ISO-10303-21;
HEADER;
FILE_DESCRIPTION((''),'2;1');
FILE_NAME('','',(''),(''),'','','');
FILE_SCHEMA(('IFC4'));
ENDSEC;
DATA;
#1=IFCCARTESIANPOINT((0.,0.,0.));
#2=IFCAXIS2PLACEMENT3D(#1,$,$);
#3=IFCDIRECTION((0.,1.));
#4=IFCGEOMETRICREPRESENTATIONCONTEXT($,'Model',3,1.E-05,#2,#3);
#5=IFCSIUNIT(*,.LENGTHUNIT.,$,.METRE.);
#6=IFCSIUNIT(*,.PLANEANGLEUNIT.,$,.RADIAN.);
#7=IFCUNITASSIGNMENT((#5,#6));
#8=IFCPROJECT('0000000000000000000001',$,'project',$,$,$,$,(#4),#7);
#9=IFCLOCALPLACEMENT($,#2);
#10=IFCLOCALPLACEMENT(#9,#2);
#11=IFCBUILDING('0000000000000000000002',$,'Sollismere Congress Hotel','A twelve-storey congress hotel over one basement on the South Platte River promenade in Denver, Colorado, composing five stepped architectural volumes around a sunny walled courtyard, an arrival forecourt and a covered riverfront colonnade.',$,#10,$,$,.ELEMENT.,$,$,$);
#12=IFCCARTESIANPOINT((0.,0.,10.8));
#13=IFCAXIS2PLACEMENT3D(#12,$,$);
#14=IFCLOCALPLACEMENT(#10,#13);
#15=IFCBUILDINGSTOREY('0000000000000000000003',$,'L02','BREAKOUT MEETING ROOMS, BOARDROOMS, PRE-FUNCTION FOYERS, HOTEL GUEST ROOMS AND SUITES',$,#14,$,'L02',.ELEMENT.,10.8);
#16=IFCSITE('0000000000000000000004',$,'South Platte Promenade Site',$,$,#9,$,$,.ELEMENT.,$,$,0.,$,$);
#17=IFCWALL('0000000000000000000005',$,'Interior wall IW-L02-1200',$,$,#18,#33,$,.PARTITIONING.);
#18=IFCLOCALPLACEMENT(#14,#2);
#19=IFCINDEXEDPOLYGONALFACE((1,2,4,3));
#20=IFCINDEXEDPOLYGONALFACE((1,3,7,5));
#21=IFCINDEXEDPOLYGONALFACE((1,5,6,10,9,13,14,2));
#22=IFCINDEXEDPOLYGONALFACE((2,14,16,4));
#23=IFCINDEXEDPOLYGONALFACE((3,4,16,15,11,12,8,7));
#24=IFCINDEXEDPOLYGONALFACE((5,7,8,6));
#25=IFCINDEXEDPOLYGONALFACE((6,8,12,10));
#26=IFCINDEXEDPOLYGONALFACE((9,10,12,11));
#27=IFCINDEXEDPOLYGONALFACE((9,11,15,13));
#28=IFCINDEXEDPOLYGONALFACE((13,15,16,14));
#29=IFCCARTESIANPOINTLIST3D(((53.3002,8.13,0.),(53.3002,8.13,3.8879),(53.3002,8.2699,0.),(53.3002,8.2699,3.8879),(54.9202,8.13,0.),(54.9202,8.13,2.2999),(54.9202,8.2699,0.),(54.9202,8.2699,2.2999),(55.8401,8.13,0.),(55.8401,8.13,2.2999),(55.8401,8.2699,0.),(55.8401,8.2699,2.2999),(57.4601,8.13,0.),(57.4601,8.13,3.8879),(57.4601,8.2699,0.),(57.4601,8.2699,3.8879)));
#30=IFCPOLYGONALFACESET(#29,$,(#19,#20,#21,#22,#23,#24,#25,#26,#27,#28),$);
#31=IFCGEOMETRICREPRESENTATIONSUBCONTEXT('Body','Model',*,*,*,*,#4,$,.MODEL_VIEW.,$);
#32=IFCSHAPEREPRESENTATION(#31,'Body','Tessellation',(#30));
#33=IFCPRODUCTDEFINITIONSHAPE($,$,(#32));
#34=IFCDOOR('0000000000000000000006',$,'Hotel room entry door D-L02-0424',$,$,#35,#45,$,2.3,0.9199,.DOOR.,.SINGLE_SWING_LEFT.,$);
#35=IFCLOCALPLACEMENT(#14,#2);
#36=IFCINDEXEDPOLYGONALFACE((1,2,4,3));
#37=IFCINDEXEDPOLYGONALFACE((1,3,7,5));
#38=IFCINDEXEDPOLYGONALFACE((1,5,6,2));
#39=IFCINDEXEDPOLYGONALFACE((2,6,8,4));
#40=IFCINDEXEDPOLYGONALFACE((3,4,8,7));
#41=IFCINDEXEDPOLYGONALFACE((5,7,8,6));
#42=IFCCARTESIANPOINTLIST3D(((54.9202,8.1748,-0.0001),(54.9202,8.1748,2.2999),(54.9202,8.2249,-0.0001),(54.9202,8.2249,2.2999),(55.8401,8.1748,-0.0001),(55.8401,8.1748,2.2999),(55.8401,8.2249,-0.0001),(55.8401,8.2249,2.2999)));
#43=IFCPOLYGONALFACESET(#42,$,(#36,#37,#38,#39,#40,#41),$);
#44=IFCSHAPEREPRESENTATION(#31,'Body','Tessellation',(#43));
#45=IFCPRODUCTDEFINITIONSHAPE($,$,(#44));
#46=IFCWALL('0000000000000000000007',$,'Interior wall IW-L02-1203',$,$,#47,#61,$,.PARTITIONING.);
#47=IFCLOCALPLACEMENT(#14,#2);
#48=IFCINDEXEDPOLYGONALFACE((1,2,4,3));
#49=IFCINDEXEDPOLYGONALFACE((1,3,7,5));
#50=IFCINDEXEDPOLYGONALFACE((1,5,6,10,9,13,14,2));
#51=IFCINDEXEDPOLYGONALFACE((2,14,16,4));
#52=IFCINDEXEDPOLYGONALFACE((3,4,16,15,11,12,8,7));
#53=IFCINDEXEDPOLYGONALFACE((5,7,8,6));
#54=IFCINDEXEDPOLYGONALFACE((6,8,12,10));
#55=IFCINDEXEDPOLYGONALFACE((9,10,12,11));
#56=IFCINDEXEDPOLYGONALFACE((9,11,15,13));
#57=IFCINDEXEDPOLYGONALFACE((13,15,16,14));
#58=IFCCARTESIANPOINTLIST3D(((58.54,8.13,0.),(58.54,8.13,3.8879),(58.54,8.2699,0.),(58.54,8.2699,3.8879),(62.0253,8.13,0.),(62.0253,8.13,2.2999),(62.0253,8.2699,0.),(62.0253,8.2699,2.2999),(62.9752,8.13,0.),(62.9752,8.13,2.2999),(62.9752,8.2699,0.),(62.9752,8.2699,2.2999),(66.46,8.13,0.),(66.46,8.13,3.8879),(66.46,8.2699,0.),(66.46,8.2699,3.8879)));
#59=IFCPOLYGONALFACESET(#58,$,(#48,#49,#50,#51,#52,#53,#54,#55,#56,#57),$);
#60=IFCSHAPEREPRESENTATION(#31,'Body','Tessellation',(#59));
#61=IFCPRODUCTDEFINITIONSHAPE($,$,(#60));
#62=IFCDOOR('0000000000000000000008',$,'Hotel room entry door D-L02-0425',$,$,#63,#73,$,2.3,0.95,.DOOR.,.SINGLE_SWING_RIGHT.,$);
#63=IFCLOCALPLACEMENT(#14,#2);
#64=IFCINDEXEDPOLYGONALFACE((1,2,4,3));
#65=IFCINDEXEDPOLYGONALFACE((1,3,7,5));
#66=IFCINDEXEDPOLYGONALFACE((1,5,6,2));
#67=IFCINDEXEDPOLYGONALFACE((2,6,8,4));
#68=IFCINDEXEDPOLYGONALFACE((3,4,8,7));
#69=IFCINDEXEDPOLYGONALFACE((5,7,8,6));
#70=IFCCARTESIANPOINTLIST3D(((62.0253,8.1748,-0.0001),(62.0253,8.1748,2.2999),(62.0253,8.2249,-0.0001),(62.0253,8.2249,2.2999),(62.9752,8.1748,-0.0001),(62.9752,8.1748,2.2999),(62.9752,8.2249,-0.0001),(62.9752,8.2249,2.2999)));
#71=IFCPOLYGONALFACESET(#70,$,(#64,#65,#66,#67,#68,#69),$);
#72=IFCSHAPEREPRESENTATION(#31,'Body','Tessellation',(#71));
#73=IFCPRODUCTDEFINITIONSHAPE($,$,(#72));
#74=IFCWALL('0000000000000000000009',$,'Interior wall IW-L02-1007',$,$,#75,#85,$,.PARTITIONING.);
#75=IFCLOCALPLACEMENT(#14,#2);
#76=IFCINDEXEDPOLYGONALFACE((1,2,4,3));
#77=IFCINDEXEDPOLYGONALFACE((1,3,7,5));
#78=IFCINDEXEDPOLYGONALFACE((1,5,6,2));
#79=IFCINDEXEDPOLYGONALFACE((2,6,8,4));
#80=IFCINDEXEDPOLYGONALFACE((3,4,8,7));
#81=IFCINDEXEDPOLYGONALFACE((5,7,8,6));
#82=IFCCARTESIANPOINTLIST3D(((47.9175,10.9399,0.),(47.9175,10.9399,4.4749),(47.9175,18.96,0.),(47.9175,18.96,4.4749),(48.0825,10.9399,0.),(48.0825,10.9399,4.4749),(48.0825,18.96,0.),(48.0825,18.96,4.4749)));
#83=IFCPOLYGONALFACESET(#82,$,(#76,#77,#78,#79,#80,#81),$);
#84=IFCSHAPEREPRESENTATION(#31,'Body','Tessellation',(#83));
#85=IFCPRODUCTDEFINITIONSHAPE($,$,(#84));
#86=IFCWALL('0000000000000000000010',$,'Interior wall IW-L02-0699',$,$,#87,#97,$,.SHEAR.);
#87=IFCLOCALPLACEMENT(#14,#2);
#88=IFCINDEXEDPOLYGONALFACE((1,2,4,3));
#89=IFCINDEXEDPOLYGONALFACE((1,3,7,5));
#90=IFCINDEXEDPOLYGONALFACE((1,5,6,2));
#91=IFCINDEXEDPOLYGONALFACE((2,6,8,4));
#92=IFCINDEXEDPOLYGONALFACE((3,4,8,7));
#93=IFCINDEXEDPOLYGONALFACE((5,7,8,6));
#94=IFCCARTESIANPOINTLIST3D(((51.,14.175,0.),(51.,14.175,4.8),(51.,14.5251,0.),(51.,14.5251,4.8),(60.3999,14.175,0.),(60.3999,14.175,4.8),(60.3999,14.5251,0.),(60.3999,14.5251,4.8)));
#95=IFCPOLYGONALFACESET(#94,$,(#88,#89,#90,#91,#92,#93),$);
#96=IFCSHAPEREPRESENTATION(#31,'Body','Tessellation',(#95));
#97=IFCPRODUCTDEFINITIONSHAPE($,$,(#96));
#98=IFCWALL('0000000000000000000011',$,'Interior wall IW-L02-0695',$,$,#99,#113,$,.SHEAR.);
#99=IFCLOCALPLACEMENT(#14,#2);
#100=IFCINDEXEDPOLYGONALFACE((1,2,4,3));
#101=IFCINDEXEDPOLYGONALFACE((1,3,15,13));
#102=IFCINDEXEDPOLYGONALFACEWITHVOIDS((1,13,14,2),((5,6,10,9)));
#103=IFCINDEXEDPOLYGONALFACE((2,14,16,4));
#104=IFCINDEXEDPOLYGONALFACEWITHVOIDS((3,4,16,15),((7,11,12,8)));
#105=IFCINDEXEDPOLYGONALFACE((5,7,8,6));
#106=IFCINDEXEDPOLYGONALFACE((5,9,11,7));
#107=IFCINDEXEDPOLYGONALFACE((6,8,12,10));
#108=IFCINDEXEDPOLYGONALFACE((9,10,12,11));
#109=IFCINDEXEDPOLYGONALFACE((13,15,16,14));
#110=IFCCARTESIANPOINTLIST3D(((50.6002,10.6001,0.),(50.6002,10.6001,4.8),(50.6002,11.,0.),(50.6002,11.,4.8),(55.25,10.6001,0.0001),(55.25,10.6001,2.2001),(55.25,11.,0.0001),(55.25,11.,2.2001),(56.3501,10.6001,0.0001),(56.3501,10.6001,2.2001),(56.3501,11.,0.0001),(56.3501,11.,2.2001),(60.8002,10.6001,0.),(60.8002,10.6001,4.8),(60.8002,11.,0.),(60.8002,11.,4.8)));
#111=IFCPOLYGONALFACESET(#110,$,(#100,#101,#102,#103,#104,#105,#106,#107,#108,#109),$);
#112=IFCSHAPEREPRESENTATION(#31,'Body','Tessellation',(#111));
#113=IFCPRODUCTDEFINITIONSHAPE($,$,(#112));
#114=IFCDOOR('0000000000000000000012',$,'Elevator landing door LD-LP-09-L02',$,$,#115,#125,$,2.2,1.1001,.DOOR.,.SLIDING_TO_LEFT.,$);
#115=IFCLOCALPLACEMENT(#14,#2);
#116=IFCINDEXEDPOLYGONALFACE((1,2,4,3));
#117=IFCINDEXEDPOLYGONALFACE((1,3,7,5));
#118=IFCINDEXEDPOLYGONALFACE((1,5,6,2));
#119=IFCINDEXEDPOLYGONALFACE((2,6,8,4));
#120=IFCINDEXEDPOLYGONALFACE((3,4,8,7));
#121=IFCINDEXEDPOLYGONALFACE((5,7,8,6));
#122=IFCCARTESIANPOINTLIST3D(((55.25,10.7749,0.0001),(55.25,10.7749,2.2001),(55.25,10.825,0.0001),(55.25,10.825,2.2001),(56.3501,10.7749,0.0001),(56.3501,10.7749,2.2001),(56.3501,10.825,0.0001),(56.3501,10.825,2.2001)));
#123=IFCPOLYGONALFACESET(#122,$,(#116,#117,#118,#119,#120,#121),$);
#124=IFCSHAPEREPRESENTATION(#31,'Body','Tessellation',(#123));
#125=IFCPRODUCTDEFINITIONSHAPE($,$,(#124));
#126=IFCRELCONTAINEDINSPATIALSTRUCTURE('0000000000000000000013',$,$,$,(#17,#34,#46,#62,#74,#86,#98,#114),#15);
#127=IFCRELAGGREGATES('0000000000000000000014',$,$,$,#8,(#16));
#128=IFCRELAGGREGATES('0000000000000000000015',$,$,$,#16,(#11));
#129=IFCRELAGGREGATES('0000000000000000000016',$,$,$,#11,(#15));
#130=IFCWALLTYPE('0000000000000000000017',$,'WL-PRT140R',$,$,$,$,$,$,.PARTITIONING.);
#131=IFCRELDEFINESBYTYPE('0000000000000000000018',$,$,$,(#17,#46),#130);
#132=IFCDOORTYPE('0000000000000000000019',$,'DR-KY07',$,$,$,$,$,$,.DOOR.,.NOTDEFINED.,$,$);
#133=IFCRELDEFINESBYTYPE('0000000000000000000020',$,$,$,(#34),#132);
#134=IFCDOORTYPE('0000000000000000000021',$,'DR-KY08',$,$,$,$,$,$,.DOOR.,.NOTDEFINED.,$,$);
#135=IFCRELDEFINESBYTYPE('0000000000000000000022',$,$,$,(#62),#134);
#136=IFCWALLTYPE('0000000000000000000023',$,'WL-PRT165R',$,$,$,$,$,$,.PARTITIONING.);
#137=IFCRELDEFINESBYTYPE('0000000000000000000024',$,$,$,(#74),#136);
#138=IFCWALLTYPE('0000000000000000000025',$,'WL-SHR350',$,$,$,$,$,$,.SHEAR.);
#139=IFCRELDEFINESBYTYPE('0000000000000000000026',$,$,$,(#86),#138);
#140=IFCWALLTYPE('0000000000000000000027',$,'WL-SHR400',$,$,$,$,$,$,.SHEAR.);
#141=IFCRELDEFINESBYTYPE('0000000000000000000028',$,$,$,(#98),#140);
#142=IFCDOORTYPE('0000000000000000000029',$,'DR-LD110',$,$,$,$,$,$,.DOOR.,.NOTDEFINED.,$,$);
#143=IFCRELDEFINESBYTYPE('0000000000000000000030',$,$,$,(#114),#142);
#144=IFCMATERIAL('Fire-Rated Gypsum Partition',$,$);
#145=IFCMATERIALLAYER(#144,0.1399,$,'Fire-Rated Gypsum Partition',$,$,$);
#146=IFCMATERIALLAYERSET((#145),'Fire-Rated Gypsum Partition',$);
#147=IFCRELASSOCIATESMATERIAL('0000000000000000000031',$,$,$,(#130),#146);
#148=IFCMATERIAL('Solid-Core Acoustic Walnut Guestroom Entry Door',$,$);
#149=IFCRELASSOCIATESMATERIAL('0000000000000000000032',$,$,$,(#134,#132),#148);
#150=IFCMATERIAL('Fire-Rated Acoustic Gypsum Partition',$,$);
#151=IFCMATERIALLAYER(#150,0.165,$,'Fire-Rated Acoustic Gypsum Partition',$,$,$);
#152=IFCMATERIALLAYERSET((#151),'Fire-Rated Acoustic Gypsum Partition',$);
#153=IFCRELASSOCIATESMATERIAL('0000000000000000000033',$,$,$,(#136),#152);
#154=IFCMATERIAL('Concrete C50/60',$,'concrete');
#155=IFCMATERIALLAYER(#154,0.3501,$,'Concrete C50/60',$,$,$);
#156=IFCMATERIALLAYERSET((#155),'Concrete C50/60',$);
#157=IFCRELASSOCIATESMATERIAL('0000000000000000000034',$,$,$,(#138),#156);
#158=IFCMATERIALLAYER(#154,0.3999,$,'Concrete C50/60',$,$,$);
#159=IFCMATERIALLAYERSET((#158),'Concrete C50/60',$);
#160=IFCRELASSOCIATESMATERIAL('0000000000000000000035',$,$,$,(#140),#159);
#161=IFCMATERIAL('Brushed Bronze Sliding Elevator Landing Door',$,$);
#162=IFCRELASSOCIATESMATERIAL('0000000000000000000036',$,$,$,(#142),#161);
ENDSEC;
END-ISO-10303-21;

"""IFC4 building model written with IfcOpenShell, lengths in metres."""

from ifc_helpers import new_model, si_unit, direction, frame, frame_2d, origin, place, context, subcontext, project, spatial, rectangle, extrude, material, layer, layer_set, type_object, element, fill, save


model = new_model("IFC4")

# Units and contexts
model_context = context("Model", 3, precision=1e-05, world=origin(), true_north=direction((0.0, 1.0)))
body_context = subcontext(model_context, "Body", "Model", "MODEL_VIEW")
ifc_project = project(units=[si_unit("LENGTHUNIT", "METRE"), si_unit("PLANEANGLEUNIT", "RADIAN")], contexts=[model_context])

# Site, building, storey
site_placement = place(None, origin())
site = spatial("IfcSite", under=ifc_project, at=site_placement, Name="South Platte Promenade Site", CompositionType="ELEMENT", RefElevation=0.0)
building_placement = place(site_placement, origin())
building = spatial("IfcBuilding", under=site, at=building_placement, Name="Sollismere Congress Hotel", Description="A twelve-storey congress hotel over one basement on the South Platte River promenade in Denver, Colorado, composing five stepped architectural volumes around a sunny walled courtyard, an arrival forecourt and a covered riverfront colonnade.", CompositionType="ELEMENT")
storey_placement = place(building_placement, frame((0.0, 0.0, 10.8)))
storey = spatial("IfcBuildingStorey", under=building, at=storey_placement, Name="L02", Description="BREAKOUT MEETING ROOMS, BOARDROOMS, PRE-FUNCTION FOYERS, HOTEL GUEST ROOMS AND SUITES", LongName="L02", CompositionType="ELEMENT", Elevation=10.8)

# Walls, openings, doors
ifc_material_1 = material(Name="Fire-Rated Gypsum Partition")
ifc_layer_1 = layer(ifc_material_1, 0.1399, Name="Fire-Rated Gypsum Partition")
ifc_layer_set_1 = layer_set([ifc_layer_1], Name="Fire-Rated Gypsum Partition")
wall_type_1 = type_object("IfcWallType", Name="WL-PRT140R", PredefinedType="PARTITIONING", material=ifc_layer_set_1)
ifc_material_2 = material(Name="Solid-Core Acoustic Walnut Guestroom Entry Door")
door_type_1 = type_object("IfcDoorType", Name="DR-KY08", OperationType="NOTDEFINED", PredefinedType="DOOR", material=ifc_material_2)
wall_1_placement = place(storey_placement, frame((53.3, 8.2, 0.0), z_axis=(0.0, 0.0, 1.0), x_axis=(1.0, 0.0, 0.0)))
wall_1 = element("IfcWall", 1, at=wall_1_placement, inside=storey, type_object=wall_type_1, Name="Interior wall IW-L02-1200", PredefinedType="PARTITIONING", context=body_context, shape_type="SweptSolid", body=[
    extrude(rectangle(XDim=4.1599, YDim=0.1399, at=frame_2d((2.0801, 0.0))), origin(), (0.0, 0.0, 1.0), 3.8879),
])
opening_1_placement = place(wall_1_placement, frame((1.6201, 0.0, 0.0)))
opening_1 = element("IfcOpeningElement", 2, at=opening_1_placement, cuts=wall_1, PredefinedType="OPENING", context=body_context, shape_type="SweptSolid", body=[
    extrude(rectangle(XDim=0.9199, YDim=2.3, at=frame_2d((0.46, 1.1499))), frame((0.0, 0.0798, 0.0), z_axis=(0.0, -1.0, 0.0), x_axis=(1.0, 0.0, 0.0)), (0.0, 0.0, 1.0), 0.1599),
])
door_type_2 = type_object("IfcDoorType", Name="DR-KY07", OperationType="NOTDEFINED", PredefinedType="DOOR", material=ifc_material_2)
door_1_placement = place(opening_1_placement, origin())
door_1 = element("IfcDoor", 3, at=door_1_placement, inside=storey, type_object=door_type_2, Name="Hotel room entry door D-L02-0424", OperationType="SINGLE_SWING_LEFT", OverallHeight=2.3, OverallWidth=0.9199, PredefinedType="DOOR", context=body_context, shape_type="SweptSolid", body=[
    extrude(rectangle(XDim=0.9199, YDim=2.3, at=frame_2d((0.46, 1.1499))), frame((0.0, 0.0249, 0.0), z_axis=(0.0, -1.0, 0.0), x_axis=(1.0, 0.0, 0.0)), (0.0, 0.0, 1.0), 0.05),
])
fill(opening_1, door_1)
wall_2_placement = place(storey_placement, frame((58.54, 8.2, 0.0), z_axis=(0.0, 0.0, 1.0), x_axis=(1.0, 0.0, 0.0)))
wall_2 = element("IfcWall", 4, at=wall_2_placement, inside=storey, type_object=wall_type_1, Name="Interior wall IW-L02-1203", PredefinedType="PARTITIONING", context=body_context, shape_type="SweptSolid", body=[
    extrude(rectangle(XDim=7.9199, YDim=0.1399, at=frame_2d((3.96, 0.0))), origin(), (0.0, 0.0, 1.0), 3.8879),
])
opening_2_placement = place(wall_2_placement, frame((3.4851, 0.0, 0.0)))
opening_2 = element("IfcOpeningElement", 5, at=opening_2_placement, cuts=wall_2, PredefinedType="OPENING", context=body_context, shape_type="SweptSolid", body=[
    extrude(rectangle(XDim=0.95, YDim=2.3, at=frame_2d((0.4751, 1.1499))), frame((0.0, 0.0798, 0.0), z_axis=(0.0, -1.0, 0.0), x_axis=(1.0, 0.0, 0.0)), (0.0, 0.0, 1.0), 0.1599),
])
door_2_placement = place(opening_2_placement, origin())
door_2 = element("IfcDoor", 6, at=door_2_placement, inside=storey, type_object=door_type_1, Name="Hotel room entry door D-L02-0425", OperationType="SINGLE_SWING_RIGHT", OverallHeight=2.3, OverallWidth=0.95, PredefinedType="DOOR", context=body_context, shape_type="SweptSolid", body=[
    extrude(rectangle(XDim=0.95, YDim=2.3, at=frame_2d((0.4751, 1.1499))), frame((0.0, 0.0249, 0.0), z_axis=(0.0, -1.0, 0.0), x_axis=(1.0, 0.0, 0.0)), (0.0, 0.0, 1.0), 0.05),
])
fill(opening_2, door_2)

# Walls
ifc_material_3 = material(Name="Fire-Rated Acoustic Gypsum Partition")
ifc_layer_2 = layer(ifc_material_3, 0.165, Name="Fire-Rated Acoustic Gypsum Partition")
ifc_layer_set_2 = layer_set([ifc_layer_2], Name="Fire-Rated Acoustic Gypsum Partition")
wall_type_2 = type_object("IfcWallType", Name="WL-PRT165R", PredefinedType="PARTITIONING", material=ifc_layer_set_2)
wall_3_placement = place(storey_placement, frame((48.0, 10.9399, 0.0), z_axis=(0.0, 0.0, 1.0), x_axis=(0.0, 1.0, 0.0)))
element("IfcWall", 7, at=wall_3_placement, inside=storey, type_object=wall_type_2, Name="Interior wall IW-L02-1007", PredefinedType="PARTITIONING", context=body_context, shape_type="SweptSolid", body=[
    extrude(rectangle(XDim=8.02, YDim=0.165, at=frame_2d((4.01, 0.0))), origin(), (0.0, 0.0, 1.0), 4.4749),
])
ifc_material_4 = material(Name="Concrete C50/60", Category="concrete")
ifc_layer_3 = layer(ifc_material_4, 0.3501, Name="Concrete C50/60")
ifc_layer_set_3 = layer_set([ifc_layer_3], Name="Concrete C50/60")
wall_type_3 = type_object("IfcWallType", Name="WL-SHR350", PredefinedType="SHEAR", material=ifc_layer_set_3)
wall_4_placement = place(storey_placement, frame((51.0, 14.3501, 0.0), z_axis=(0.0, 0.0, 1.0), x_axis=(1.0, 0.0, 0.0)))
element("IfcWall", 8, at=wall_4_placement, inside=storey, type_object=wall_type_3, Name="Interior wall IW-L02-0699", PredefinedType="SHEAR", context=body_context, shape_type="SweptSolid", body=[
    extrude(rectangle(XDim=9.3999, YDim=0.3501, at=frame_2d((4.7, 0.0))), origin(), (0.0, 0.0, 1.0), 4.8),
])

# Wall, opening, door
ifc_layer_4 = layer(ifc_material_4, 0.3999, Name="Concrete C50/60")
ifc_layer_set_4 = layer_set([ifc_layer_4], Name="Concrete C50/60")
wall_type_4 = type_object("IfcWallType", Name="WL-SHR400", PredefinedType="SHEAR", material=ifc_layer_set_4)
wall_5_placement = place(storey_placement, frame((50.6001, 10.8, 0.0), z_axis=(0.0, 0.0, 1.0), x_axis=(1.0, 0.0, 0.0)))
wall_5 = element("IfcWall", 9, at=wall_5_placement, inside=storey, type_object=wall_type_4, Name="Interior wall IW-L02-0695", PredefinedType="SHEAR", context=body_context, shape_type="SweptSolid", body=[
    extrude(rectangle(XDim=10.2, YDim=0.3999, at=frame_2d((5.1001, 0.0))), origin(), (0.0, 0.0, 1.0), 4.8),
])
opening_3_placement = place(wall_5_placement, frame((4.6499, 0.0, 0.0)))
opening_3 = element("IfcOpeningElement", 10, at=opening_3_placement, cuts=wall_5, PredefinedType="OPENING", context=body_context, shape_type="SweptSolid", body=[
    extrude(rectangle(XDim=1.1001, YDim=2.2, at=frame_2d((0.55, 1.1001))), frame((0.0, 0.21, 0.0), z_axis=(0.0, -1.0, 0.0), x_axis=(1.0, 0.0, 0.0)), (0.0, 0.0, 1.0), 0.4199),
])
ifc_material_5 = material(Name="Brushed Bronze Sliding Elevator Landing Door")
door_type_3 = type_object("IfcDoorType", Name="DR-LD110", OperationType="NOTDEFINED", PredefinedType="DOOR", material=ifc_material_5)
door_3_placement = place(opening_3_placement, origin())
door_3 = element("IfcDoor", 11, at=door_3_placement, inside=storey, type_object=door_type_3, Name="Elevator landing door LD-LP-09-L02", OperationType="SLIDING_TO_LEFT", OverallHeight=2.2, OverallWidth=1.1001, PredefinedType="DOOR", context=body_context, shape_type="SweptSolid", body=[
    extrude(rectangle(XDim=1.1001, YDim=2.2, at=frame_2d((0.55, 1.1001))), frame((0.0, 0.0249, 0.0), z_axis=(0.0, -1.0, 0.0), x_axis=(1.0, 0.0, 0.0)), (0.0, 0.0, 1.0), 0.05),
])
fill(opening_3, door_3)

save(model, "model.ifc")
